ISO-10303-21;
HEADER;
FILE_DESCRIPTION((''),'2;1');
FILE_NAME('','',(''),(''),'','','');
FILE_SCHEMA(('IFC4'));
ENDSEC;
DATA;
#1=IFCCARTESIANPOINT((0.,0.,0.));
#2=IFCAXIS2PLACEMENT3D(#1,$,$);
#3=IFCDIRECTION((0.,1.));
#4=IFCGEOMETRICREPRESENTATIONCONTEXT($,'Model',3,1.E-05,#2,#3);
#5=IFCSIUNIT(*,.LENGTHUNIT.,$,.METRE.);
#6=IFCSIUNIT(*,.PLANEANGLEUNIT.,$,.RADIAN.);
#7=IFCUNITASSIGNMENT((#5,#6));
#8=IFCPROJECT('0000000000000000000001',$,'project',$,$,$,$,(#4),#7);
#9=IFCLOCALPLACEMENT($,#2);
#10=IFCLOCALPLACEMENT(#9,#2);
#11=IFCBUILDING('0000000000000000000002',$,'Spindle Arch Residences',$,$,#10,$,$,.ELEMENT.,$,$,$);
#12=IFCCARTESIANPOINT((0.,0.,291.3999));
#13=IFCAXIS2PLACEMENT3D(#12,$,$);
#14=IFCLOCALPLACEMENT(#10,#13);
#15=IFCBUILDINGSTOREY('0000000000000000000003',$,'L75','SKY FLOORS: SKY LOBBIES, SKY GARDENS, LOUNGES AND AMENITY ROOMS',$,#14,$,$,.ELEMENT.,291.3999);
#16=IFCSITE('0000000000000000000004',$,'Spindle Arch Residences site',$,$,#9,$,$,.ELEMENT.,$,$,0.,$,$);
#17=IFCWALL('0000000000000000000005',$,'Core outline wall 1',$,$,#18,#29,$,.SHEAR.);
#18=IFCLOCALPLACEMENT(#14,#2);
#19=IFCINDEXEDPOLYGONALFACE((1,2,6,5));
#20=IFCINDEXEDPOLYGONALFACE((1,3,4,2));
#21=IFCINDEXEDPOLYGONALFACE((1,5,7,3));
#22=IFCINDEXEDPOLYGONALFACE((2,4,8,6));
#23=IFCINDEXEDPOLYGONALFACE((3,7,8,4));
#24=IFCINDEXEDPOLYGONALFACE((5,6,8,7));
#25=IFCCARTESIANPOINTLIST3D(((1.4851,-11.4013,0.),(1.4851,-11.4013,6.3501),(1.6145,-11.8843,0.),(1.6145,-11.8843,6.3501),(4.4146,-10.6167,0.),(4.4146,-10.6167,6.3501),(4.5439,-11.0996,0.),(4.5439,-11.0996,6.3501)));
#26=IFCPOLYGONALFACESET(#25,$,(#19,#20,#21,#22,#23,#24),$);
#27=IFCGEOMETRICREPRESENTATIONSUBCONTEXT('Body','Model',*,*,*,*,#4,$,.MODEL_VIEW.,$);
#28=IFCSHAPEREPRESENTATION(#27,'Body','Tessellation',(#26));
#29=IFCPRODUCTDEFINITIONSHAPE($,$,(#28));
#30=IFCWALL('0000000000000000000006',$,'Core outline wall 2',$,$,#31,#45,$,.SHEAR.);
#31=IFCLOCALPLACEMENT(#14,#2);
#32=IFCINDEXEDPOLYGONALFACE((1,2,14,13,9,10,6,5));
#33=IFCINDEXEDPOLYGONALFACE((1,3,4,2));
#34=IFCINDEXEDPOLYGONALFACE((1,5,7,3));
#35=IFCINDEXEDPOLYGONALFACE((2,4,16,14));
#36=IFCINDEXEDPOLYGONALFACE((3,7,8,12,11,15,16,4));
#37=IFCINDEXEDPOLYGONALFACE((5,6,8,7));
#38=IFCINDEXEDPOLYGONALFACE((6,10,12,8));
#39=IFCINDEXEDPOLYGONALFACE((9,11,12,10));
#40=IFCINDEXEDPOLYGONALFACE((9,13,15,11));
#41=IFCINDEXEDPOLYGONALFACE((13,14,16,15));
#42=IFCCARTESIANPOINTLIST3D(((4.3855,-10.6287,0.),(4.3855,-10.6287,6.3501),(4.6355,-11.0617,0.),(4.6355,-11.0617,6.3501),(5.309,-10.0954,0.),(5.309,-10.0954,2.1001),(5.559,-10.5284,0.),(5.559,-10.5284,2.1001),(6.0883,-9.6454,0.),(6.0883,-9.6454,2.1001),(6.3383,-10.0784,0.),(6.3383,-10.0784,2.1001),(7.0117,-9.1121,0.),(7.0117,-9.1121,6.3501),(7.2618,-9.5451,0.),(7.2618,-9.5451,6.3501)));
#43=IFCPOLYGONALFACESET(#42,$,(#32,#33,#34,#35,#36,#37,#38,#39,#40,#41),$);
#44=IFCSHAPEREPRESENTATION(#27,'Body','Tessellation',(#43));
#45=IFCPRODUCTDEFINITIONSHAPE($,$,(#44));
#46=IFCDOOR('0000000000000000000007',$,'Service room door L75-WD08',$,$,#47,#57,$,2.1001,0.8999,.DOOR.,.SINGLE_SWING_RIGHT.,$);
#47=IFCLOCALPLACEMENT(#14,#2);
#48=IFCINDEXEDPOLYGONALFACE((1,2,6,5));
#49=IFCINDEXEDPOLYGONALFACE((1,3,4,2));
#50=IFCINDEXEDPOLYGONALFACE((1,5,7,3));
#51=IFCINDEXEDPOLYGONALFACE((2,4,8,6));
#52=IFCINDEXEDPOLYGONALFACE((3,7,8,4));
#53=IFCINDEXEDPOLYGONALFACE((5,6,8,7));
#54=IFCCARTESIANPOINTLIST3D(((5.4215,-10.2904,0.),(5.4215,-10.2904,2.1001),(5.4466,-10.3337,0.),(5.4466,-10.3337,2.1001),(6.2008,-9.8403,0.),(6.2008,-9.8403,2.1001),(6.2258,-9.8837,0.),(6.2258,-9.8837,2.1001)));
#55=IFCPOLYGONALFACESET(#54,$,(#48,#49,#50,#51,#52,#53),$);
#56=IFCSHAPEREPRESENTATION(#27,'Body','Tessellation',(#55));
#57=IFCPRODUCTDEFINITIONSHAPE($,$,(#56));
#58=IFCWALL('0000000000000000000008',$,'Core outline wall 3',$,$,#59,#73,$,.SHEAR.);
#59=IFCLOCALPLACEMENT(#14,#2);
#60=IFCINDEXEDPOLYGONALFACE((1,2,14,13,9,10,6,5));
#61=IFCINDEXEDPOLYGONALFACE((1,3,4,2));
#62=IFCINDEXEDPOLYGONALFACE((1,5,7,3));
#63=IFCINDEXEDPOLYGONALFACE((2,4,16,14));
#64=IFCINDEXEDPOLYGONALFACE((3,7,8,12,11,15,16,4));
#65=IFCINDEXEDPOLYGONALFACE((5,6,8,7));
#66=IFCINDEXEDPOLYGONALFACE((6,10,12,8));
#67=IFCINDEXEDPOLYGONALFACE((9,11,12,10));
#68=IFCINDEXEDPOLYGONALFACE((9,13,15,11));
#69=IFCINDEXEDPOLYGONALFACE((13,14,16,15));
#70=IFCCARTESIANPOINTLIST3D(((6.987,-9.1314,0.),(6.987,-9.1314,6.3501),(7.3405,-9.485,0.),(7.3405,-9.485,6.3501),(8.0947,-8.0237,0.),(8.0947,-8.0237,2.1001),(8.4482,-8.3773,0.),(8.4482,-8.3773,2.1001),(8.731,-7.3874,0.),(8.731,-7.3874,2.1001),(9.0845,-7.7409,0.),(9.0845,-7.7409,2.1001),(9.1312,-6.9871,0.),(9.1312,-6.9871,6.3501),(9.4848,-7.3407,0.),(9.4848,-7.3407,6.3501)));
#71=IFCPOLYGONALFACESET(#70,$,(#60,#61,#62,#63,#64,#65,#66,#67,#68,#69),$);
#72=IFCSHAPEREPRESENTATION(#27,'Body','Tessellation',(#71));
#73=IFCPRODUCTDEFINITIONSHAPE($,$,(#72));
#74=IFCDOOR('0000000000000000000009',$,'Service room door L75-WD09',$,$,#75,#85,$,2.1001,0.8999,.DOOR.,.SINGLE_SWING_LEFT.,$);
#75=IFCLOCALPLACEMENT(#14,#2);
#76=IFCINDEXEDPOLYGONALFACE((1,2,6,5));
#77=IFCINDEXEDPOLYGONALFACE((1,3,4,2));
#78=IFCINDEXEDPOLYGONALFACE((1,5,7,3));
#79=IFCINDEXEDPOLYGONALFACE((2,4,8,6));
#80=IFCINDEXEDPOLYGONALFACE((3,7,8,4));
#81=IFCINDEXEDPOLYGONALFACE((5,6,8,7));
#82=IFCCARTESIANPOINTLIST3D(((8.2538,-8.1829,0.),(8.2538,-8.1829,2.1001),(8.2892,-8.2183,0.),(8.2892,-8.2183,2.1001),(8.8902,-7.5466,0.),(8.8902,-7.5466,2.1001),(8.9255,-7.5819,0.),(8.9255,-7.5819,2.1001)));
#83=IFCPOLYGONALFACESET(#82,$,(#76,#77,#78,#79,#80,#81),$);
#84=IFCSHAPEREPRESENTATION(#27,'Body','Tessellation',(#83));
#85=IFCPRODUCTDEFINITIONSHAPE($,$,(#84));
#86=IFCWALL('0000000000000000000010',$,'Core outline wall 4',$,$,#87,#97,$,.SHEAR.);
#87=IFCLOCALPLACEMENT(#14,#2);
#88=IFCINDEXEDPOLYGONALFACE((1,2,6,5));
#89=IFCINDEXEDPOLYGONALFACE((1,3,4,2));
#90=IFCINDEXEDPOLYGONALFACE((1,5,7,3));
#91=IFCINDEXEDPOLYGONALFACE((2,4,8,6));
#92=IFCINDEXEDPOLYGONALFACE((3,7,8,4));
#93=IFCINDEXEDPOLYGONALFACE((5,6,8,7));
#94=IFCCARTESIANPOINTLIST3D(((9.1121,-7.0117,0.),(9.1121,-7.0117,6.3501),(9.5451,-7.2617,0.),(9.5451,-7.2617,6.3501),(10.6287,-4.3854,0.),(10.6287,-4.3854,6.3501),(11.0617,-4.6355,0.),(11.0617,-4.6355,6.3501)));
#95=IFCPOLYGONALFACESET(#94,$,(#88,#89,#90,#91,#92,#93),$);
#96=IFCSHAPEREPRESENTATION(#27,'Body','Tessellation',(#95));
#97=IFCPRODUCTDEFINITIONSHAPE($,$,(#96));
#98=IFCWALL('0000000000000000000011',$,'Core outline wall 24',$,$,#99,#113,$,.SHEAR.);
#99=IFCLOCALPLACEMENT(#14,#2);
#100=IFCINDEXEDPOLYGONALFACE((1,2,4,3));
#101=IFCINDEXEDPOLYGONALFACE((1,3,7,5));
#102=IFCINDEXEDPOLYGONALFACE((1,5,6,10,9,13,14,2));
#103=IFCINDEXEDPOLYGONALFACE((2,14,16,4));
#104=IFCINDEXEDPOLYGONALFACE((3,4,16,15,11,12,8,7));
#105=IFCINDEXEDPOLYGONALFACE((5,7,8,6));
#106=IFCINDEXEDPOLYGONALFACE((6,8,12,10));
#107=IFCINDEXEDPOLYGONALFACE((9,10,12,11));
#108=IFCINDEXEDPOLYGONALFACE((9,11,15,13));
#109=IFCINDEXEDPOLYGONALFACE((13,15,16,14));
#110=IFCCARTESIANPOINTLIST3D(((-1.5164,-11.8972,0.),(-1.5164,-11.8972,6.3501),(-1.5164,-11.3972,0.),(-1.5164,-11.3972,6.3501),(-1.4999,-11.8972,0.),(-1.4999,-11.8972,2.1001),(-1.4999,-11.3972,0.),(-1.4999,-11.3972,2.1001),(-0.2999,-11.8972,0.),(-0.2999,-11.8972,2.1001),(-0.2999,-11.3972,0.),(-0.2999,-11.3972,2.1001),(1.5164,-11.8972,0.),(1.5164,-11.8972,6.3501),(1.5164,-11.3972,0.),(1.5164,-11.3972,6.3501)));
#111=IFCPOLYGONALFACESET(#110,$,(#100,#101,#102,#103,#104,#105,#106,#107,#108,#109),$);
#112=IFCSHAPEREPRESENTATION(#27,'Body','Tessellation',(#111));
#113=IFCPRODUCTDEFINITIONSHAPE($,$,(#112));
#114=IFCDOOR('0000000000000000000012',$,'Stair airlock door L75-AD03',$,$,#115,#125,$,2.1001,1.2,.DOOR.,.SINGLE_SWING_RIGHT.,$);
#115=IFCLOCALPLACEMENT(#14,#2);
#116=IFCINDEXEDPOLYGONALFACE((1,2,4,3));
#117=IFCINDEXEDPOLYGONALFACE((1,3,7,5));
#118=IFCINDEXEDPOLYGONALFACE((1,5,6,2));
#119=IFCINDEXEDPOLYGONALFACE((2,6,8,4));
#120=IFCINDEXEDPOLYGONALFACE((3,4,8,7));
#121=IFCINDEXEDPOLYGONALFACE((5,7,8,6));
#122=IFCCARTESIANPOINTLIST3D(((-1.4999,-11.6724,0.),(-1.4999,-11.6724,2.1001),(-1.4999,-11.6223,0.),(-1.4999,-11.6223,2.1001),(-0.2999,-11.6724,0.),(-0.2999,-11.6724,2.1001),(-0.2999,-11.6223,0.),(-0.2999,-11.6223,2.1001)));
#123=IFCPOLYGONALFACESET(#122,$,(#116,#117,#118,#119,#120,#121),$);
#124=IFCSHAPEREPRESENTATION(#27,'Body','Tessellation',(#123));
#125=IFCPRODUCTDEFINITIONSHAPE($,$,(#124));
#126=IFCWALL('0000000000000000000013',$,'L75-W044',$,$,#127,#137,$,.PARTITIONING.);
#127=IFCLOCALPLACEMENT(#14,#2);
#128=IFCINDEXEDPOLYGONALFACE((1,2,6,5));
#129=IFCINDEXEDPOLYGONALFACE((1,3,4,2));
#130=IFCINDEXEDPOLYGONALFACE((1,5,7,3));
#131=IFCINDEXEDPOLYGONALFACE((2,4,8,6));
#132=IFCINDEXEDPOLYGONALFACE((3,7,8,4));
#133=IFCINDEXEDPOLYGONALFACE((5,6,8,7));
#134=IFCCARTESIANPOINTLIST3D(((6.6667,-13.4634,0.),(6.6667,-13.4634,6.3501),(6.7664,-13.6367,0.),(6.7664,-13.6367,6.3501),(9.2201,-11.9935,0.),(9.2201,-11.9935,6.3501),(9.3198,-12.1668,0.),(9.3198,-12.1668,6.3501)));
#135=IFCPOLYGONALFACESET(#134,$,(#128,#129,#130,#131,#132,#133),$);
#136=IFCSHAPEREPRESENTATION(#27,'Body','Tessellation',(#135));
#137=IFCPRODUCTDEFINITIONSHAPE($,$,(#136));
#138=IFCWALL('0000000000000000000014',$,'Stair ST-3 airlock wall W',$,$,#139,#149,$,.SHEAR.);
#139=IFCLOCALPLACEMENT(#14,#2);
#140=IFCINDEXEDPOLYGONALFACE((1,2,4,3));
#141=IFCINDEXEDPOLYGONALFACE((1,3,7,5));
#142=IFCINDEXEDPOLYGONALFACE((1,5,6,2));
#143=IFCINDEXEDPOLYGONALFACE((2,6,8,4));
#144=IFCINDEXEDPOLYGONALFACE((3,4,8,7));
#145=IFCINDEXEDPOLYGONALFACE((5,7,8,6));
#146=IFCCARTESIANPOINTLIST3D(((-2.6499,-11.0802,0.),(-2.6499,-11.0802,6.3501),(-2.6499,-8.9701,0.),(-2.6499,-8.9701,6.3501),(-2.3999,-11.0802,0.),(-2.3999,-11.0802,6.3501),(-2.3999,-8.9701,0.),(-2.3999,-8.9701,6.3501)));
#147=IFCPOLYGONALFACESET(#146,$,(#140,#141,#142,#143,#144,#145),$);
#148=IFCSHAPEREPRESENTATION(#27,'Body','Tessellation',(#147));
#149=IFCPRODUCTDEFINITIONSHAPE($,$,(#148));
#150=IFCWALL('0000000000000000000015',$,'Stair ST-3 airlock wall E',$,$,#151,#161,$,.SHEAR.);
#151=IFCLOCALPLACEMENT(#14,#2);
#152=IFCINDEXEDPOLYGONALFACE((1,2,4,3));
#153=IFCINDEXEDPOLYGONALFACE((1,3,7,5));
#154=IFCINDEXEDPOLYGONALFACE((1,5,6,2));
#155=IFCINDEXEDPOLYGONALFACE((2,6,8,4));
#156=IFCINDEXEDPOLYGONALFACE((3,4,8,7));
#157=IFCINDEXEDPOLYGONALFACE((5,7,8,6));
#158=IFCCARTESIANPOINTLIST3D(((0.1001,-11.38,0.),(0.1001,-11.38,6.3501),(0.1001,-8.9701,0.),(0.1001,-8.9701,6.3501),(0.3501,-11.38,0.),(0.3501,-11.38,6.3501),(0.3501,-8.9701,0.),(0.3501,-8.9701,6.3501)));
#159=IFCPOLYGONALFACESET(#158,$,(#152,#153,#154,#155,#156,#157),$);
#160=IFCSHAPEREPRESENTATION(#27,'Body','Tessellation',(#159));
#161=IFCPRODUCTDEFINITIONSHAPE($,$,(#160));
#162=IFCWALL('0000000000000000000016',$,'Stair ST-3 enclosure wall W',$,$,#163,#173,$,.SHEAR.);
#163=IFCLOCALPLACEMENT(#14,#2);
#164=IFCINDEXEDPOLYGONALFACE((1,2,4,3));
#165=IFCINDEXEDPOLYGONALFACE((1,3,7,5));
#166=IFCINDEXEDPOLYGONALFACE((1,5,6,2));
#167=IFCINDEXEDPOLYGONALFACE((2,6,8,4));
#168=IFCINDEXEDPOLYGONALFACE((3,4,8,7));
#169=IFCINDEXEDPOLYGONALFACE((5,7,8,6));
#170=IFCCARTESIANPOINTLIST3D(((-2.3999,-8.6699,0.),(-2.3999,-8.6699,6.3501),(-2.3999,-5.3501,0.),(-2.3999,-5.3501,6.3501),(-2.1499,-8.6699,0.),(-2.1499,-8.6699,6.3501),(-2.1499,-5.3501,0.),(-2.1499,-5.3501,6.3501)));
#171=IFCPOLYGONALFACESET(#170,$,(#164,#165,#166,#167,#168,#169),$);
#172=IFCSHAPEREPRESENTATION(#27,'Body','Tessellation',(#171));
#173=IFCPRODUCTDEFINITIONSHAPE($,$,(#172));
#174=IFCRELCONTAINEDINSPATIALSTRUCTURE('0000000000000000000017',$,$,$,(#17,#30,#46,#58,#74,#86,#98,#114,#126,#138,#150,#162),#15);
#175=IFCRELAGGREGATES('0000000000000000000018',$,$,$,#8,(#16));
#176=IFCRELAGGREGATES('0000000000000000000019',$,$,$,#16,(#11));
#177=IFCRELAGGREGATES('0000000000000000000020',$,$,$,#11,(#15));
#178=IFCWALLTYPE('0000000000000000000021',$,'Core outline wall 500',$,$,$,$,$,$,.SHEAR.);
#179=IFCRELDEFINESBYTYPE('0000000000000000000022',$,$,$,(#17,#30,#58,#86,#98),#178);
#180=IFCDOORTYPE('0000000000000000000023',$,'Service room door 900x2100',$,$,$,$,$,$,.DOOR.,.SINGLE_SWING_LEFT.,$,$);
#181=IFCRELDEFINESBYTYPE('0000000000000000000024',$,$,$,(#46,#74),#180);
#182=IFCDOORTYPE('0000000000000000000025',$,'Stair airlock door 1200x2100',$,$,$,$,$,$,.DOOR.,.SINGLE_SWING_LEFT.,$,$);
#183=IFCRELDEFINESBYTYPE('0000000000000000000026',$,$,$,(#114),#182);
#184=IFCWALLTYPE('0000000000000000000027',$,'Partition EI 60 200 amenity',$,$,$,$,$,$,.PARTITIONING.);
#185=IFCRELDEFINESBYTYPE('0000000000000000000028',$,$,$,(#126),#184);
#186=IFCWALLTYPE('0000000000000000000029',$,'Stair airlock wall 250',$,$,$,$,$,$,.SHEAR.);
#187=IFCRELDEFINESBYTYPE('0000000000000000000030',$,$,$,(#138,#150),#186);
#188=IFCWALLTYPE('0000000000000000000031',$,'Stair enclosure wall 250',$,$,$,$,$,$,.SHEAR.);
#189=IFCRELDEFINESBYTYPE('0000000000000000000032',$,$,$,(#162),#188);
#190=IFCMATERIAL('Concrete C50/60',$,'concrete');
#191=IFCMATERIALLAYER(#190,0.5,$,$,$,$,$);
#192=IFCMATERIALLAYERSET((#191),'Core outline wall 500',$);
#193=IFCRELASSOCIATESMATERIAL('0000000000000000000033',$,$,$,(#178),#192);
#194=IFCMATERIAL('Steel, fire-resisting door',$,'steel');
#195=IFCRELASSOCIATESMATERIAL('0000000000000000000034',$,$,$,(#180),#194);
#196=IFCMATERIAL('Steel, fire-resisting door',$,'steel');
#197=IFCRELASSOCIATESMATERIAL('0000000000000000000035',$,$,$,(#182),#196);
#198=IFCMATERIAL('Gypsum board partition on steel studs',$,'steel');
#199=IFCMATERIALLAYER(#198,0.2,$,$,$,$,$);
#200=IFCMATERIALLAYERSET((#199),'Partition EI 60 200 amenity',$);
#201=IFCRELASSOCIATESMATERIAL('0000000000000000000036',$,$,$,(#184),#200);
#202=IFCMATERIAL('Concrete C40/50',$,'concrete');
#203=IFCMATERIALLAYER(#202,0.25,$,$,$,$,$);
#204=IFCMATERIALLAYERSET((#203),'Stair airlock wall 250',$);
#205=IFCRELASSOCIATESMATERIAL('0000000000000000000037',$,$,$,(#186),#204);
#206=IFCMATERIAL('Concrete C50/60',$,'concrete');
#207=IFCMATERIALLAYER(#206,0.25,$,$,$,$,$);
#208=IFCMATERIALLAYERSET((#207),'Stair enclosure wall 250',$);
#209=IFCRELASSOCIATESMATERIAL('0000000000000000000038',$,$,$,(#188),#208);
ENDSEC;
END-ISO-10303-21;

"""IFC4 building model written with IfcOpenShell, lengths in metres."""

from ifc_helpers import new_model, si_unit, direction, frame, frame_2d, origin, place, context, subcontext, project, spatial, rectangle, extrude, material, layer, layer_set, type_object, element, fill, save


model = new_model("IFC4")

# Units and contexts
model_context = context("Model", 3, precision=1e-05, world=origin(), true_north=direction((0.0, 1.0)))
body_context = subcontext(model_context, "Body", "Model", "MODEL_VIEW")
ifc_project = project(units=[si_unit("LENGTHUNIT", "METRE"), si_unit("PLANEANGLEUNIT", "RADIAN")], contexts=[model_context])

# Site, building, storey
site_placement = place(None, origin())
site = spatial("IfcSite", under=ifc_project, at=site_placement, Name="Spindle Arch Residences site", CompositionType="ELEMENT", RefElevation=0.0)
building_placement = place(site_placement, origin())
building = spatial("IfcBuilding", under=site, at=building_placement, Name="Spindle Arch Residences", CompositionType="ELEMENT")
storey_placement = place(building_placement, frame((0.0, 0.0, 291.3999)))
storey = spatial("IfcBuildingStorey", under=building, at=storey_placement, Name="L75", Description="SKY FLOORS: SKY LOBBIES, SKY GARDENS, LOUNGES AND AMENITY ROOMS", CompositionType="ELEMENT", Elevation=291.3999)

# Wall
ifc_material_1 = material(Name="Concrete C50/60", Category="concrete")
ifc_layer_1 = layer(ifc_material_1, 0.5)
ifc_layer_set_1 = layer_set([ifc_layer_1], Name="Core outline wall 500")
wall_type_1 = type_object("IfcWallType", Name="Core outline wall 500", PredefinedType="SHEAR", material=ifc_layer_set_1)
wall_1_placement = place(storey_placement, frame((1.5498, -11.6428, 0.0), z_axis=(0.0, 0.0, 1.0), x_axis=(0.965948, 0.258735, 0.0)))
element("IfcWall", 1, at=wall_1_placement, inside=storey, type_object=wall_type_1, Name="Core outline wall 1", PredefinedType="SHEAR", context=body_context, shape_type="SweptSolid", body=[
    extrude(rectangle(XDim=3.0327, YDim=0.5, at=frame_2d((1.5164, 0.0))), origin(), (0.0, 0.0, 1.0), 6.3501),
])

# Walls, openings, doors
wall_2_placement = place(storey_placement, frame((4.5105, -10.8452, 0.0), z_axis=(0.0, 0.0, 1.0), x_axis=(0.865975, 0.500087, 0.0)))
wall_2 = element("IfcWall", 2, at=wall_2_placement, inside=storey, type_object=wall_type_1, Name="Core outline wall 2", PredefinedType="SHEAR", context=body_context, shape_type="SweptSolid", body=[
    extrude(rectangle(XDim=3.0327, YDim=0.5, at=frame_2d((1.5164, 0.0))), origin(), (0.0, 0.0, 1.0), 6.3501),
])
opening_1_placement = place(wall_2_placement, frame((1.0664, 0.0, 0.0)))
opening_1 = element("IfcOpeningElement", 3, at=opening_1_placement, cuts=wall_2, PredefinedType="OPENING", context=body_context, shape_type="SweptSolid", body=[
    extrude(rectangle(XDim=0.8999, YDim=2.1001, at=frame_2d((0.45, 1.05))), frame((0.0, 0.26, 0.0), z_axis=(0.0, -1.0, 0.0), x_axis=(1.0, 0.0, 0.0)), (0.0, 0.0, 1.0), 0.52),
])
ifc_material_2 = material(Name="Steel, fire-resisting door", Category="steel")
door_type_1 = type_object("IfcDoorType", Name="Service room door 900x2100", OperationType="SINGLE_SWING_LEFT", PredefinedType="DOOR", material=ifc_material_2)
door_1_placement = place(opening_1_placement, origin())
door_1 = element("IfcDoor", 4, at=door_1_placement, inside=storey, type_object=door_type_1, Name="Service room door L75-WD08", OperationType="SINGLE_SWING_RIGHT", OverallHeight=2.1001, OverallWidth=0.8999, PredefinedType="DOOR", context=body_context, shape_type="SweptSolid", body=[
    extrude(rectangle(XDim=0.8999, YDim=2.1001, at=frame_2d((0.45, 1.05))), frame((0.0, 0.0249, 0.0), z_axis=(0.0, -1.0, 0.0), x_axis=(1.0, 0.0, 0.0)), (0.0, 0.0, 1.0), 0.05),
])
fill(opening_1, door_1)
wall_3_placement = place(storey_placement, frame((7.1638, -9.3081, 0.0), z_axis=(0.0, 0.0, 1.0), x_axis=(0.707107, 0.707107, 0.0)))
wall_3 = element("IfcWall", 5, at=wall_3_placement, inside=storey, type_object=wall_type_1, Name="Core outline wall 3", PredefinedType="SHEAR", context=body_context, shape_type="SweptSolid", body=[
    extrude(rectangle(XDim=3.0325, YDim=0.5, at=frame_2d((1.5161, 0.0))), origin(), (0.0, 0.0, 1.0), 6.3501),
])
opening_2_placement = place(wall_3_placement, frame((1.5664, 0.0, 0.0)))
opening_2 = element("IfcOpeningElement", 6, at=opening_2_placement, cuts=wall_3, PredefinedType="OPENING", context=body_context, shape_type="SweptSolid", body=[
    extrude(rectangle(XDim=0.8999, YDim=2.1001, at=frame_2d((0.45, 1.05))), frame((0.0, 0.26, 0.0), z_axis=(0.0, -1.0, 0.0), x_axis=(1.0, 0.0, 0.0)), (0.0, 0.0, 1.0), 0.52),
])
door_2_placement = place(opening_2_placement, origin())
door_2 = element("IfcDoor", 7, at=door_2_placement, inside=storey, type_object=door_type_1, Name="Service room door L75-WD09", OperationType="SINGLE_SWING_LEFT", OverallHeight=2.1001, OverallWidth=0.8999, PredefinedType="DOOR", context=body_context, shape_type="SweptSolid", body=[
    extrude(rectangle(XDim=0.8999, YDim=2.1001, at=frame_2d((0.45, 1.05))), frame((0.0, 0.0249, 0.0), z_axis=(0.0, -1.0, 0.0), x_axis=(1.0, 0.0, 0.0)), (0.0, 0.0, 1.0), 0.05),
])
fill(opening_2, door_2)

# Wall
wall_4_placement = place(storey_placement, frame((9.3286, -7.1367, 0.0), z_axis=(0.0, 0.0, 1.0), x_axis=(0.500087, 0.865975, 0.0)))
element("IfcWall", 8, at=wall_4_placement, inside=storey, type_object=wall_type_1, Name="Core outline wall 4", PredefinedType="SHEAR", context=body_context, shape_type="SweptSolid", body=[
    extrude(rectangle(XDim=3.0327, YDim=0.5, at=frame_2d((1.5164, 0.0))), origin(), (0.0, 0.0, 1.0), 6.3501),
])

# Wall, opening, door
wall_5_placement = place(storey_placement, frame((-1.5164, -11.6472, 0.0), z_axis=(0.0, 0.0, 1.0), x_axis=(1.0, 0.0, 0.0)))
wall_5 = element("IfcWall", 9, at=wall_5_placement, inside=storey, type_object=wall_type_1, Name="Core outline wall 24", PredefinedType="SHEAR", context=body_context, shape_type="SweptSolid", body=[
    extrude(rectangle(XDim=3.0327, YDim=0.5, at=frame_2d((1.5164, 0.0))), origin(), (0.0, 0.0, 1.0), 6.3501),
])
opening_3_placement = place(wall_5_placement, frame((0.0164, 0.0, 0.0)))
opening_3 = element("IfcOpeningElement", 10, at=opening_3_placement, cuts=wall_5, PredefinedType="OPENING", context=body_context, shape_type="SweptSolid", body=[
    extrude(rectangle(XDim=1.2, YDim=2.1001, at=frame_2d((0.6001, 1.05))), frame((0.0, 0.26, 0.0), z_axis=(0.0, -1.0, 0.0), x_axis=(1.0, 0.0, 0.0)), (0.0, 0.0, 1.0), 0.52),
])
ifc_material_3 = material(Name="Steel, fire-resisting door", Category="steel")
door_type_2 = type_object("IfcDoorType", Name="Stair airlock door 1200x2100", OperationType="SINGLE_SWING_LEFT", PredefinedType="DOOR", material=ifc_material_3)
door_3_placement = place(opening_3_placement, origin())
door_3 = element("IfcDoor", 11, at=door_3_placement, inside=storey, type_object=door_type_2, Name="Stair airlock door L75-AD03", OperationType="SINGLE_SWING_RIGHT", OverallHeight=2.1001, OverallWidth=1.2, PredefinedType="DOOR", context=body_context, shape_type="SweptSolid", body=[
    extrude(rectangle(XDim=1.2, YDim=2.1001, at=frame_2d((0.6001, 1.05))), frame((0.0, 0.0249, 0.0), z_axis=(0.0, -1.0, 0.0), x_axis=(1.0, 0.0, 0.0)), (0.0, 0.0, 1.0), 0.05),
])
fill(opening_3, door_3)

# Walls
ifc_material_4 = material(Name="Gypsum board partition on steel studs", Category="steel")
ifc_layer_2 = layer(ifc_material_4, 0.2)
ifc_layer_set_2 = layer_set([ifc_layer_2], Name="Partition EI 60 200 amenity")
wall_type_2 = type_object("IfcWallType", Name="Partition EI 60 200 amenity", PredefinedType="PARTITIONING", material=ifc_layer_set_2)
wall_6_placement = place(storey_placement, frame((6.7166, -13.55, 0.0), z_axis=(0.0, 0.0, 1.0), x_axis=(0.866653, 0.498912, 0.0)))
element("IfcWall", 12, at=wall_6_placement, inside=storey, type_object=wall_type_2, Name="L75-W044", PredefinedType="PARTITIONING", context=body_context, shape_type="SweptSolid", body=[
    extrude(rectangle(XDim=2.9463, YDim=0.2, at=frame_2d((1.4731, 0.0))), origin(), (0.0, 0.0, 1.0), 6.3501),
])
ifc_material_5 = material(Name="Concrete C40/50", Category="concrete")
ifc_layer_3 = layer(ifc_material_5, 0.25)
ifc_layer_set_3 = layer_set([ifc_layer_3], Name="Stair airlock wall 250")
wall_type_3 = type_object("IfcWallType", Name="Stair airlock wall 250", PredefinedType="SHEAR", material=ifc_layer_set_3)
wall_7_placement = place(storey_placement, frame((-2.5249, -8.97, 0.0), z_axis=(0.0, 0.0, 1.0), x_axis=(0.0, -1.0, 0.0)))
element("IfcWall", 13, at=wall_7_placement, inside=storey, type_object=wall_type_3, Name="Stair ST-3 airlock wall W", PredefinedType="SHEAR", context=body_context, shape_type="SweptSolid", body=[
    extrude(rectangle(XDim=2.1101, YDim=0.25, at=frame_2d((1.0552, 0.0))), origin(), (0.0, 0.0, 1.0), 6.3501),
])
wall_8_placement = place(storey_placement, frame((0.2251, -8.97, 0.0), z_axis=(0.0, 0.0, 1.0), x_axis=(0.0, -1.0, 0.0)))
element("IfcWall", 14, at=wall_8_placement, inside=storey, type_object=wall_type_3, Name="Stair ST-3 airlock wall E", PredefinedType="SHEAR", context=body_context, shape_type="SweptSolid", body=[
    extrude(rectangle(XDim=2.4099, YDim=0.25, at=frame_2d((1.2051, 0.0))), origin(), (0.0, 0.0, 1.0), 6.3501),
])
ifc_material_6 = material(Name="Concrete C50/60", Category="concrete")
ifc_layer_4 = layer(ifc_material_6, 0.25)
ifc_layer_set_4 = layer_set([ifc_layer_4], Name="Stair enclosure wall 250")
wall_type_4 = type_object("IfcWallType", Name="Stair enclosure wall 250", PredefinedType="SHEAR", material=ifc_layer_set_4)
wall_9_placement = place(storey_placement, frame((-2.2749, -8.6699, 0.0), z_axis=(0.0, 0.0, 1.0), x_axis=(0.0, 1.0, 0.0)))
element("IfcWall", 15, at=wall_9_placement, inside=storey, type_object=wall_type_4, Name="Stair ST-3 enclosure wall W", PredefinedType="SHEAR", context=body_context, shape_type="SweptSolid", body=[
    extrude(rectangle(XDim=3.3198, YDim=0.25, at=frame_2d((1.6599, 0.0))), origin(), (0.0, 0.0, 1.0), 6.3501),
])

save(model, "model.ifc")
